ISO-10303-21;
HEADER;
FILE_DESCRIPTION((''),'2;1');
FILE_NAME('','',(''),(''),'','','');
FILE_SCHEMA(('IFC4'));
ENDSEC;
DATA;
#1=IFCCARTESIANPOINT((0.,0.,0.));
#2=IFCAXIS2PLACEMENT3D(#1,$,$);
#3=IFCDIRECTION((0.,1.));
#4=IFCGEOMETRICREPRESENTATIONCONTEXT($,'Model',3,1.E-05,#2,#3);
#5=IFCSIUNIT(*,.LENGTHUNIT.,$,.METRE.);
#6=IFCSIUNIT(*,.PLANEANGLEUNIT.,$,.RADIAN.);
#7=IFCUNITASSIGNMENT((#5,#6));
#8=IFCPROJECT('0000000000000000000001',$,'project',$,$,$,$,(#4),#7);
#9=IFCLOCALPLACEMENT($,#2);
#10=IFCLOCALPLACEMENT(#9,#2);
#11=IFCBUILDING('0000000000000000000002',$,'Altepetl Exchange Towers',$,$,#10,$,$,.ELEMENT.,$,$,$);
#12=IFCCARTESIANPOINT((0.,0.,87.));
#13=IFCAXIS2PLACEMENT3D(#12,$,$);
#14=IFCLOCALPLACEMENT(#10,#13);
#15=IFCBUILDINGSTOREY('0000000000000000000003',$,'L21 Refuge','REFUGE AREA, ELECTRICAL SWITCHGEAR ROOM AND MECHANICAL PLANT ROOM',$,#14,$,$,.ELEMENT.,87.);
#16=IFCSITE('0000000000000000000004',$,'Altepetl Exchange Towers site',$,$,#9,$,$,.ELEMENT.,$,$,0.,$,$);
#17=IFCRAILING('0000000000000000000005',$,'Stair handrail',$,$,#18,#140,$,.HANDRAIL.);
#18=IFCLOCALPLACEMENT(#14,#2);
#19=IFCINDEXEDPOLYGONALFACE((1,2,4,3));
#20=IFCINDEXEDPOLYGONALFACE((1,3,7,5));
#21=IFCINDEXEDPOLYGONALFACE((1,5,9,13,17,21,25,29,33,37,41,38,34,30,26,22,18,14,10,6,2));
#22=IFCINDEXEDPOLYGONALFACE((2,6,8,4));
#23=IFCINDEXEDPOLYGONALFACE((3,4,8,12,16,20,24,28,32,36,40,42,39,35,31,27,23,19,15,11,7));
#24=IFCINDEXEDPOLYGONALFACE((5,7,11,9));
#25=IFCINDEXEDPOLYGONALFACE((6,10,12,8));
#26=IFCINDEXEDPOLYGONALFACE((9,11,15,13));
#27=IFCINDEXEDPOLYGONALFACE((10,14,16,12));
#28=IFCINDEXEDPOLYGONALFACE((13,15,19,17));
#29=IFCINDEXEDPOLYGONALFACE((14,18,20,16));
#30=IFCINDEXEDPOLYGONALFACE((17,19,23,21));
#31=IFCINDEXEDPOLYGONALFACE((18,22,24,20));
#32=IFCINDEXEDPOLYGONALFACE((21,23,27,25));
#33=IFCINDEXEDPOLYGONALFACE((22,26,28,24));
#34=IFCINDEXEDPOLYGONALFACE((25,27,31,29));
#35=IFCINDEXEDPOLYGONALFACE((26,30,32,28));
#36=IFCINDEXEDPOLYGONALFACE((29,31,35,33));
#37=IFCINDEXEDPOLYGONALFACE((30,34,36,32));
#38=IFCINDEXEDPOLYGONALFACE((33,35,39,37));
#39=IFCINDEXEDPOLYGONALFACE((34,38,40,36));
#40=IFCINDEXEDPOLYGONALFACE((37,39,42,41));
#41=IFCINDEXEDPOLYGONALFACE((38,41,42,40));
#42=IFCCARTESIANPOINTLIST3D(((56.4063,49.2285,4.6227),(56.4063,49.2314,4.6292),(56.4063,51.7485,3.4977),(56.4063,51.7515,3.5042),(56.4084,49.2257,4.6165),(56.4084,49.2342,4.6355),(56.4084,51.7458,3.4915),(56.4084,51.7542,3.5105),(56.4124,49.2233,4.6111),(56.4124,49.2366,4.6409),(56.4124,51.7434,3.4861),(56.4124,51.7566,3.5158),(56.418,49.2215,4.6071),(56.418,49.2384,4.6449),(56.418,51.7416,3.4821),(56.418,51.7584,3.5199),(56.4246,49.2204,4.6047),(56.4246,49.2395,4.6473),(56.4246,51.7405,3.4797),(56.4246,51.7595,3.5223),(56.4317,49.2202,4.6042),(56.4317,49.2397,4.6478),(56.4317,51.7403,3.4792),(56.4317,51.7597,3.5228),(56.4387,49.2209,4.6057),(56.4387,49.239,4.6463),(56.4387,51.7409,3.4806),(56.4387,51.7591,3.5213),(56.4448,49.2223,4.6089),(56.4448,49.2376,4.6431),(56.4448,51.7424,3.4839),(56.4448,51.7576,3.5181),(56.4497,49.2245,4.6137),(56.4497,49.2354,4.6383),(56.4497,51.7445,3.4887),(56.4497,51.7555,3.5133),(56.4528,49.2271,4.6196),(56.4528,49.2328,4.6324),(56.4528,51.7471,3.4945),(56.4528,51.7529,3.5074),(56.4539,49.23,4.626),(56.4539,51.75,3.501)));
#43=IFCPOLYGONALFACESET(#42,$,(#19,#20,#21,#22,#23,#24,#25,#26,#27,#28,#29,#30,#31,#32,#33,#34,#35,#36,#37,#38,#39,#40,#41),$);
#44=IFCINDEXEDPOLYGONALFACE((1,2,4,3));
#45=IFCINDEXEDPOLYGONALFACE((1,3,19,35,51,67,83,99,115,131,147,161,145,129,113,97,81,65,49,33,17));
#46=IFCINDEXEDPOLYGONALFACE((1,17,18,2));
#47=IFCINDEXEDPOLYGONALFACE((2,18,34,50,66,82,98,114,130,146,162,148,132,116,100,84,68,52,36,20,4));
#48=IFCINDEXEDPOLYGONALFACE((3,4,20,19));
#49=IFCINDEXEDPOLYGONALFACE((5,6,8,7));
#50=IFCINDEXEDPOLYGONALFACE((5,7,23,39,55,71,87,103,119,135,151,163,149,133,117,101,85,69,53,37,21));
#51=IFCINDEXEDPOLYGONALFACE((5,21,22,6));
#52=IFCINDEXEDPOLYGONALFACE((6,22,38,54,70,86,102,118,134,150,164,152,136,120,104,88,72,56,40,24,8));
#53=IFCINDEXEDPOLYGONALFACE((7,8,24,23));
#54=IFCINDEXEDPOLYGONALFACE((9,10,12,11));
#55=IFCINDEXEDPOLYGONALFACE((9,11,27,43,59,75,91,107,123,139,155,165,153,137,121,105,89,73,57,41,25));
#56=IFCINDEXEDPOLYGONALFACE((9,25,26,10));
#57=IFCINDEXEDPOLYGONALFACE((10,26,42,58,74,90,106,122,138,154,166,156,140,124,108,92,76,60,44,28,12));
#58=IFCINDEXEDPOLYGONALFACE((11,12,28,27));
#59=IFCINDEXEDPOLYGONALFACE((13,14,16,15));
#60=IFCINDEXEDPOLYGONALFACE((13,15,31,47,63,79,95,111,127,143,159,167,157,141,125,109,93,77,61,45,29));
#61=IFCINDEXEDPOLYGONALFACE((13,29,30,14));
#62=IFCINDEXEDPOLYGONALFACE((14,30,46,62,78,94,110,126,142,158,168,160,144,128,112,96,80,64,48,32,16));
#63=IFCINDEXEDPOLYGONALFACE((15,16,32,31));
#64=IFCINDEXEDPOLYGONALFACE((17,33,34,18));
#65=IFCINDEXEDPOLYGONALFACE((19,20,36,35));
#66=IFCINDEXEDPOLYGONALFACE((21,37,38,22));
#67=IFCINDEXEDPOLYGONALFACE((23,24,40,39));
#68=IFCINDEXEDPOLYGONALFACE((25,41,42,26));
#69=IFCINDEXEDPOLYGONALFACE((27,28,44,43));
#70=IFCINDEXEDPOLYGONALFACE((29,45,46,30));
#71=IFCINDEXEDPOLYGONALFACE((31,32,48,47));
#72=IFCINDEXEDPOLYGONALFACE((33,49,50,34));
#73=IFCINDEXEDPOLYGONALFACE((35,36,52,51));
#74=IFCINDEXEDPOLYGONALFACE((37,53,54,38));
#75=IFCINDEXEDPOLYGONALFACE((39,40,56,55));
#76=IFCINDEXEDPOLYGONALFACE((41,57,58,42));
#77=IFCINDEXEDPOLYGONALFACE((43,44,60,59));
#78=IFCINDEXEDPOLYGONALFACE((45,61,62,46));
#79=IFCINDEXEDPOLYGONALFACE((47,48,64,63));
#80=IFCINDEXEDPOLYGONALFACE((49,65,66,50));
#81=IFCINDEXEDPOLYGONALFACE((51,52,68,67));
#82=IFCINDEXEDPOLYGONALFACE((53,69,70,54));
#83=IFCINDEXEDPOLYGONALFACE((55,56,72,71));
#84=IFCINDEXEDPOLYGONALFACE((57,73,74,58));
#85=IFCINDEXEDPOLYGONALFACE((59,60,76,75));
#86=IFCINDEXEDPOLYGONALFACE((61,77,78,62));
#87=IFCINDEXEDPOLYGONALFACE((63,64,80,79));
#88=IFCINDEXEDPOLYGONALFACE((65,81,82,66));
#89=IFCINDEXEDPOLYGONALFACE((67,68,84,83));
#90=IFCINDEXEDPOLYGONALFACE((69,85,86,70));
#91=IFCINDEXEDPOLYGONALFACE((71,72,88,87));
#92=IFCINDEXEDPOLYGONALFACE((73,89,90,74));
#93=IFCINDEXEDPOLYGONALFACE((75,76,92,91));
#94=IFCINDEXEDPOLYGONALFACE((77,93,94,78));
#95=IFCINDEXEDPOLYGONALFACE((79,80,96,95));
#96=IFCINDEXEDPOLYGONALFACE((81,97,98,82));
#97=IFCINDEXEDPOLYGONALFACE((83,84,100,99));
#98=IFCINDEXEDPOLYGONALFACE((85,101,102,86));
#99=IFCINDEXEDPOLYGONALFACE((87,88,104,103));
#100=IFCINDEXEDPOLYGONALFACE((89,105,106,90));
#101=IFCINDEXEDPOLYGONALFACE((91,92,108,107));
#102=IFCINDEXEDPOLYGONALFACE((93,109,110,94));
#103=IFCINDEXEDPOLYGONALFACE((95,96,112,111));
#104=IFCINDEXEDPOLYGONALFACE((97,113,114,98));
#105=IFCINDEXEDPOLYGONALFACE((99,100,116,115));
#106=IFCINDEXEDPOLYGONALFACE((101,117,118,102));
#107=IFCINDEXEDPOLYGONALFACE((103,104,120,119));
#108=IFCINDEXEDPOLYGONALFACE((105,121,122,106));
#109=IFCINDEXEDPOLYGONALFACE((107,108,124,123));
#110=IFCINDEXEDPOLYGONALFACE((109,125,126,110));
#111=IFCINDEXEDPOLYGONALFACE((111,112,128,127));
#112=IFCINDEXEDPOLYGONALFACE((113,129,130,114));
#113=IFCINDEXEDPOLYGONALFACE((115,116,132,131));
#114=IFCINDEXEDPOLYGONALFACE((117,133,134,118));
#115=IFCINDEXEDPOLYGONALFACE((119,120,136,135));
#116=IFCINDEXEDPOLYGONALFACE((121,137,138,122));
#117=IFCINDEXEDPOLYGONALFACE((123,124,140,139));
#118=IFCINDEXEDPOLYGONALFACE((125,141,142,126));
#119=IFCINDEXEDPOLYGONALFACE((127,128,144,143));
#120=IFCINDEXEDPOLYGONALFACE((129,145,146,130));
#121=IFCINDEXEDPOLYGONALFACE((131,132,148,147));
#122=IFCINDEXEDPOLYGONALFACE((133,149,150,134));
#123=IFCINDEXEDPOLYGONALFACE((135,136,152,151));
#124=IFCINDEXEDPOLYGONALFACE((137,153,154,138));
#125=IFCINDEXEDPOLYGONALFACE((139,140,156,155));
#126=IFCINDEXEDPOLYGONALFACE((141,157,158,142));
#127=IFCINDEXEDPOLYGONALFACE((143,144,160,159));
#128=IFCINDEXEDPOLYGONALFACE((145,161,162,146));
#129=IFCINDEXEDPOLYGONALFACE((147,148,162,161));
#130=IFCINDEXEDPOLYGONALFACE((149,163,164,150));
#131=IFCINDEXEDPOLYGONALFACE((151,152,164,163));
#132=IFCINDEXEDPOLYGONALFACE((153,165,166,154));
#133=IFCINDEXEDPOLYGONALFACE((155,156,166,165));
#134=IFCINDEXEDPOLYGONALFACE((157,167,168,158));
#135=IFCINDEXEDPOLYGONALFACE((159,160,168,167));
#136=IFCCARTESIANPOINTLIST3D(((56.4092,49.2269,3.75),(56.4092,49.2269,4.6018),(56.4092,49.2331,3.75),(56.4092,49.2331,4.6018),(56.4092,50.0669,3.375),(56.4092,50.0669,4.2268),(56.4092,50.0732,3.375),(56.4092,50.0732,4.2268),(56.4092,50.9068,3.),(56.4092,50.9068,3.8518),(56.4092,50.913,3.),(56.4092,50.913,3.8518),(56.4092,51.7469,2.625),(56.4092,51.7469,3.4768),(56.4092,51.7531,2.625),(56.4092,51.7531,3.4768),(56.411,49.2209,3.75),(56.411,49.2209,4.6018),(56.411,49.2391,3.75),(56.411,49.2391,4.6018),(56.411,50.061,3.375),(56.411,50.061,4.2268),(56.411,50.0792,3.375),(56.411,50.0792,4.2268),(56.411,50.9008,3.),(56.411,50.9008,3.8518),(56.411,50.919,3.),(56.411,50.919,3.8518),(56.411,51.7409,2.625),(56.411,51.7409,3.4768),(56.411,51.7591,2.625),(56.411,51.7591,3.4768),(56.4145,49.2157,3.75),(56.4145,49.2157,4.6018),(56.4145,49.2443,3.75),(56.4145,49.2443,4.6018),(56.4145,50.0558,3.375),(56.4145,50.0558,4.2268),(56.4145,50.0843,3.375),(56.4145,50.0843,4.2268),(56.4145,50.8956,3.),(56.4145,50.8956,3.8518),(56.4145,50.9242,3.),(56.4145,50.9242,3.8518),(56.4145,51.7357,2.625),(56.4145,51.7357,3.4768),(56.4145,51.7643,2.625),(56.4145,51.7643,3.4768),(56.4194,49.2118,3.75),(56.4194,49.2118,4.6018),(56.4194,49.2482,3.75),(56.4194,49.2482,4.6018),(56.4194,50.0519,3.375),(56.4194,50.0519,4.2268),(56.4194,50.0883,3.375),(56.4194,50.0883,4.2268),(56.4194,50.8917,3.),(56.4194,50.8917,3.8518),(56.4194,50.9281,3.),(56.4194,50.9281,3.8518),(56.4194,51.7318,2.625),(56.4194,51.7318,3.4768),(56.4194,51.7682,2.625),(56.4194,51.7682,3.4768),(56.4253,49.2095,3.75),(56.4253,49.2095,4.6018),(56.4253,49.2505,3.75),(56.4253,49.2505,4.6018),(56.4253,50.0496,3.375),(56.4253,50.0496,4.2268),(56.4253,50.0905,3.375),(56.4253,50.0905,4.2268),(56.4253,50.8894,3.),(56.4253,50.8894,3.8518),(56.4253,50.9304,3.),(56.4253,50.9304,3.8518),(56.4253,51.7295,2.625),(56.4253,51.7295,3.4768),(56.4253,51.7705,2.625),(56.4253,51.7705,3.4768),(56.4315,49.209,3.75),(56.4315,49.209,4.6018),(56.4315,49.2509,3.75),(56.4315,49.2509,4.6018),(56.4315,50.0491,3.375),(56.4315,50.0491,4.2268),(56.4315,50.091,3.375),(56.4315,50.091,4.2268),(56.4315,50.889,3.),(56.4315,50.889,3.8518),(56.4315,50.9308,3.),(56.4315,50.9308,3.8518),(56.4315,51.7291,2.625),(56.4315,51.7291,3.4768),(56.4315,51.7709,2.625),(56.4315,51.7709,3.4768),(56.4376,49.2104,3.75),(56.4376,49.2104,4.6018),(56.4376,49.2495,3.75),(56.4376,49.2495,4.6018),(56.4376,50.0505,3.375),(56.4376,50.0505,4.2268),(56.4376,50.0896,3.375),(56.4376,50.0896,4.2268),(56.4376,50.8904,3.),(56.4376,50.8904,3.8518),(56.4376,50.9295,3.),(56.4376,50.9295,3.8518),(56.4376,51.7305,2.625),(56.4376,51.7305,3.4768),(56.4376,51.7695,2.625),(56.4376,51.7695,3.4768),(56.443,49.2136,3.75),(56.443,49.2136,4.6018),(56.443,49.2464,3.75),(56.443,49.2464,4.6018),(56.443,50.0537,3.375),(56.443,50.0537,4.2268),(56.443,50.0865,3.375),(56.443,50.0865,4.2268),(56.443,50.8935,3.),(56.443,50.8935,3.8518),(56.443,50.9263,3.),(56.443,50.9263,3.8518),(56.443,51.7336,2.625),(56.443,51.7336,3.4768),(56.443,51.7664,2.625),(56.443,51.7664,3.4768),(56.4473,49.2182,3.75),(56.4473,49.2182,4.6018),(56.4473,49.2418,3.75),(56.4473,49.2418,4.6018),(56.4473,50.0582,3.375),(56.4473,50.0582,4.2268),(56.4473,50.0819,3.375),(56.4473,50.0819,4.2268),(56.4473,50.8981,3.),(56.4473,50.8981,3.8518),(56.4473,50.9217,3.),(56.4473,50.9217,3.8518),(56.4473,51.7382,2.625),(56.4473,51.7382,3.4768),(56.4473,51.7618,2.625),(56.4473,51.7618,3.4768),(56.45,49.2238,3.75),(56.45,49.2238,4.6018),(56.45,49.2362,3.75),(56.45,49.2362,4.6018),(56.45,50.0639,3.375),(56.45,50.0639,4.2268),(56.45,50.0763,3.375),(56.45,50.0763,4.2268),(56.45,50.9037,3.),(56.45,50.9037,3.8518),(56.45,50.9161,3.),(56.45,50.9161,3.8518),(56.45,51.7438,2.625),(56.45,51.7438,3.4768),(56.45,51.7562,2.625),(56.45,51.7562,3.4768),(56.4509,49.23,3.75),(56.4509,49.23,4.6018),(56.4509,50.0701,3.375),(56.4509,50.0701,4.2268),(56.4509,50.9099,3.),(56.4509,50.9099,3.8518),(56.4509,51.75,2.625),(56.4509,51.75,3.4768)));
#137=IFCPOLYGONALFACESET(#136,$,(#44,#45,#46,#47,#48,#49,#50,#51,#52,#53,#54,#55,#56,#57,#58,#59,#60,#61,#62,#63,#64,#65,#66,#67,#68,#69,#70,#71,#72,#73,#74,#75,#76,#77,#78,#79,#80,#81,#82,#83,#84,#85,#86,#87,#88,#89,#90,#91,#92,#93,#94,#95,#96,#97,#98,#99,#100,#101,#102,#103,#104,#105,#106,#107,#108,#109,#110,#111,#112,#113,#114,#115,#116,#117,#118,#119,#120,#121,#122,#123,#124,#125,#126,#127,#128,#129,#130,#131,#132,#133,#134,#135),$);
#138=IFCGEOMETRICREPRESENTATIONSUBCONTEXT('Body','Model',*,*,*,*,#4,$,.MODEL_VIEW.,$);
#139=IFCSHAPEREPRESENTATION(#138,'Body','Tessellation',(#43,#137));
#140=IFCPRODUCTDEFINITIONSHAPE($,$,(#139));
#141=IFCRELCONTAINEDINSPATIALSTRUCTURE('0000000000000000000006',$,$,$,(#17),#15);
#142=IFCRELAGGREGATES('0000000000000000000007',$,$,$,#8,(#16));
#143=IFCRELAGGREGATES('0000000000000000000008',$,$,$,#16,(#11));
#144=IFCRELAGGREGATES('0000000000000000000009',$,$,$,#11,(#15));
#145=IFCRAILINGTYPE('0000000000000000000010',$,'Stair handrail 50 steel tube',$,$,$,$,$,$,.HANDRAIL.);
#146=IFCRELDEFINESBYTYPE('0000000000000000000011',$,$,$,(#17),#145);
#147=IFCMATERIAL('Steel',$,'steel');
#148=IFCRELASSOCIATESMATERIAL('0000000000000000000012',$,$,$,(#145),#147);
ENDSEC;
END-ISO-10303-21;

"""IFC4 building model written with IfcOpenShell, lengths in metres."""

from ifc_helpers import new_model, si_unit, direction, frame, origin, origin_2d, place, context, subcontext, project, spatial, circle, extrude, source, transform, mapped, material, type_object, element, save


model = new_model("IFC4")

# Units and contexts
model_context = context("Model", 3, precision=1e-05, world=origin(), true_north=direction((0.0, 1.0)))
body_context = subcontext(model_context, "Body", "Model", "MODEL_VIEW")
ifc_project = project(units=[si_unit("LENGTHUNIT", "METRE"), si_unit("PLANEANGLEUNIT", "RADIAN")], contexts=[model_context])

# Site, building, storey
site_placement = place(None, origin())
site = spatial("IfcSite", under=ifc_project, at=site_placement, Name="Altepetl Exchange Towers site", CompositionType="ELEMENT", RefElevation=0.0)
building_placement = place(site_placement, origin())
building = spatial("IfcBuilding", under=site, at=building_placement, Name="Altepetl Exchange Towers", CompositionType="ELEMENT")
storey_placement = place(building_placement, frame((0.0, 0.0, 87.0)))
storey = spatial("IfcBuildingStorey", under=building, at=storey_placement, Name="L21 Refuge", Description="REFUGE AREA, ELECTRICAL SWITCHGEAR ROOM AND MECHANICAL PLANT ROOM", CompositionType="ELEMENT", Elevation=87.0)

# Railing
ifc_material_1 = material(Name="Steel", Category="steel")
railing_type = type_object("IfcRailingType", Name="Stair handrail 50 steel tube", PredefinedType="HANDRAIL", material=ifc_material_1)
shared_shape = source(origin(), body_context, "Body", "SweptSolid", [
    extrude(circle(Radius=0.021, at=origin_2d()), origin(), (0.0, 0.0, 1.0), 0.8518),
])
for number, where, name in (
    (1, (56.4299, 51.75, 2.625), "Stair handrail"),
):
    element("IfcRailing", number, at=place(storey_placement, frame(where)), inside=storey, type_object=railing_type, Name=name, PredefinedType="HANDRAIL", context=body_context, shape_type="SweptSolid", body=[
        extrude(circle(Radius=0.0239, at=origin_2d()), frame((0.0, 0.0, 0.876), z_axis=(0.0, -0.913139, 0.407648), x_axis=(1.0, 0.0, 0.0)), (0.0, 0.0, 1.0), 2.7598),
        mapped(shared_shape, transform((0.0, 0.0, 0.0))),
        mapped(shared_shape, transform((0.0, -0.8401, 0.375))),
        mapped(shared_shape, transform((0.0, -1.6799, 0.75))),
        mapped(shared_shape, transform((0.0, -2.52, 1.125))),
    ])

save(model, "model.ifc")
